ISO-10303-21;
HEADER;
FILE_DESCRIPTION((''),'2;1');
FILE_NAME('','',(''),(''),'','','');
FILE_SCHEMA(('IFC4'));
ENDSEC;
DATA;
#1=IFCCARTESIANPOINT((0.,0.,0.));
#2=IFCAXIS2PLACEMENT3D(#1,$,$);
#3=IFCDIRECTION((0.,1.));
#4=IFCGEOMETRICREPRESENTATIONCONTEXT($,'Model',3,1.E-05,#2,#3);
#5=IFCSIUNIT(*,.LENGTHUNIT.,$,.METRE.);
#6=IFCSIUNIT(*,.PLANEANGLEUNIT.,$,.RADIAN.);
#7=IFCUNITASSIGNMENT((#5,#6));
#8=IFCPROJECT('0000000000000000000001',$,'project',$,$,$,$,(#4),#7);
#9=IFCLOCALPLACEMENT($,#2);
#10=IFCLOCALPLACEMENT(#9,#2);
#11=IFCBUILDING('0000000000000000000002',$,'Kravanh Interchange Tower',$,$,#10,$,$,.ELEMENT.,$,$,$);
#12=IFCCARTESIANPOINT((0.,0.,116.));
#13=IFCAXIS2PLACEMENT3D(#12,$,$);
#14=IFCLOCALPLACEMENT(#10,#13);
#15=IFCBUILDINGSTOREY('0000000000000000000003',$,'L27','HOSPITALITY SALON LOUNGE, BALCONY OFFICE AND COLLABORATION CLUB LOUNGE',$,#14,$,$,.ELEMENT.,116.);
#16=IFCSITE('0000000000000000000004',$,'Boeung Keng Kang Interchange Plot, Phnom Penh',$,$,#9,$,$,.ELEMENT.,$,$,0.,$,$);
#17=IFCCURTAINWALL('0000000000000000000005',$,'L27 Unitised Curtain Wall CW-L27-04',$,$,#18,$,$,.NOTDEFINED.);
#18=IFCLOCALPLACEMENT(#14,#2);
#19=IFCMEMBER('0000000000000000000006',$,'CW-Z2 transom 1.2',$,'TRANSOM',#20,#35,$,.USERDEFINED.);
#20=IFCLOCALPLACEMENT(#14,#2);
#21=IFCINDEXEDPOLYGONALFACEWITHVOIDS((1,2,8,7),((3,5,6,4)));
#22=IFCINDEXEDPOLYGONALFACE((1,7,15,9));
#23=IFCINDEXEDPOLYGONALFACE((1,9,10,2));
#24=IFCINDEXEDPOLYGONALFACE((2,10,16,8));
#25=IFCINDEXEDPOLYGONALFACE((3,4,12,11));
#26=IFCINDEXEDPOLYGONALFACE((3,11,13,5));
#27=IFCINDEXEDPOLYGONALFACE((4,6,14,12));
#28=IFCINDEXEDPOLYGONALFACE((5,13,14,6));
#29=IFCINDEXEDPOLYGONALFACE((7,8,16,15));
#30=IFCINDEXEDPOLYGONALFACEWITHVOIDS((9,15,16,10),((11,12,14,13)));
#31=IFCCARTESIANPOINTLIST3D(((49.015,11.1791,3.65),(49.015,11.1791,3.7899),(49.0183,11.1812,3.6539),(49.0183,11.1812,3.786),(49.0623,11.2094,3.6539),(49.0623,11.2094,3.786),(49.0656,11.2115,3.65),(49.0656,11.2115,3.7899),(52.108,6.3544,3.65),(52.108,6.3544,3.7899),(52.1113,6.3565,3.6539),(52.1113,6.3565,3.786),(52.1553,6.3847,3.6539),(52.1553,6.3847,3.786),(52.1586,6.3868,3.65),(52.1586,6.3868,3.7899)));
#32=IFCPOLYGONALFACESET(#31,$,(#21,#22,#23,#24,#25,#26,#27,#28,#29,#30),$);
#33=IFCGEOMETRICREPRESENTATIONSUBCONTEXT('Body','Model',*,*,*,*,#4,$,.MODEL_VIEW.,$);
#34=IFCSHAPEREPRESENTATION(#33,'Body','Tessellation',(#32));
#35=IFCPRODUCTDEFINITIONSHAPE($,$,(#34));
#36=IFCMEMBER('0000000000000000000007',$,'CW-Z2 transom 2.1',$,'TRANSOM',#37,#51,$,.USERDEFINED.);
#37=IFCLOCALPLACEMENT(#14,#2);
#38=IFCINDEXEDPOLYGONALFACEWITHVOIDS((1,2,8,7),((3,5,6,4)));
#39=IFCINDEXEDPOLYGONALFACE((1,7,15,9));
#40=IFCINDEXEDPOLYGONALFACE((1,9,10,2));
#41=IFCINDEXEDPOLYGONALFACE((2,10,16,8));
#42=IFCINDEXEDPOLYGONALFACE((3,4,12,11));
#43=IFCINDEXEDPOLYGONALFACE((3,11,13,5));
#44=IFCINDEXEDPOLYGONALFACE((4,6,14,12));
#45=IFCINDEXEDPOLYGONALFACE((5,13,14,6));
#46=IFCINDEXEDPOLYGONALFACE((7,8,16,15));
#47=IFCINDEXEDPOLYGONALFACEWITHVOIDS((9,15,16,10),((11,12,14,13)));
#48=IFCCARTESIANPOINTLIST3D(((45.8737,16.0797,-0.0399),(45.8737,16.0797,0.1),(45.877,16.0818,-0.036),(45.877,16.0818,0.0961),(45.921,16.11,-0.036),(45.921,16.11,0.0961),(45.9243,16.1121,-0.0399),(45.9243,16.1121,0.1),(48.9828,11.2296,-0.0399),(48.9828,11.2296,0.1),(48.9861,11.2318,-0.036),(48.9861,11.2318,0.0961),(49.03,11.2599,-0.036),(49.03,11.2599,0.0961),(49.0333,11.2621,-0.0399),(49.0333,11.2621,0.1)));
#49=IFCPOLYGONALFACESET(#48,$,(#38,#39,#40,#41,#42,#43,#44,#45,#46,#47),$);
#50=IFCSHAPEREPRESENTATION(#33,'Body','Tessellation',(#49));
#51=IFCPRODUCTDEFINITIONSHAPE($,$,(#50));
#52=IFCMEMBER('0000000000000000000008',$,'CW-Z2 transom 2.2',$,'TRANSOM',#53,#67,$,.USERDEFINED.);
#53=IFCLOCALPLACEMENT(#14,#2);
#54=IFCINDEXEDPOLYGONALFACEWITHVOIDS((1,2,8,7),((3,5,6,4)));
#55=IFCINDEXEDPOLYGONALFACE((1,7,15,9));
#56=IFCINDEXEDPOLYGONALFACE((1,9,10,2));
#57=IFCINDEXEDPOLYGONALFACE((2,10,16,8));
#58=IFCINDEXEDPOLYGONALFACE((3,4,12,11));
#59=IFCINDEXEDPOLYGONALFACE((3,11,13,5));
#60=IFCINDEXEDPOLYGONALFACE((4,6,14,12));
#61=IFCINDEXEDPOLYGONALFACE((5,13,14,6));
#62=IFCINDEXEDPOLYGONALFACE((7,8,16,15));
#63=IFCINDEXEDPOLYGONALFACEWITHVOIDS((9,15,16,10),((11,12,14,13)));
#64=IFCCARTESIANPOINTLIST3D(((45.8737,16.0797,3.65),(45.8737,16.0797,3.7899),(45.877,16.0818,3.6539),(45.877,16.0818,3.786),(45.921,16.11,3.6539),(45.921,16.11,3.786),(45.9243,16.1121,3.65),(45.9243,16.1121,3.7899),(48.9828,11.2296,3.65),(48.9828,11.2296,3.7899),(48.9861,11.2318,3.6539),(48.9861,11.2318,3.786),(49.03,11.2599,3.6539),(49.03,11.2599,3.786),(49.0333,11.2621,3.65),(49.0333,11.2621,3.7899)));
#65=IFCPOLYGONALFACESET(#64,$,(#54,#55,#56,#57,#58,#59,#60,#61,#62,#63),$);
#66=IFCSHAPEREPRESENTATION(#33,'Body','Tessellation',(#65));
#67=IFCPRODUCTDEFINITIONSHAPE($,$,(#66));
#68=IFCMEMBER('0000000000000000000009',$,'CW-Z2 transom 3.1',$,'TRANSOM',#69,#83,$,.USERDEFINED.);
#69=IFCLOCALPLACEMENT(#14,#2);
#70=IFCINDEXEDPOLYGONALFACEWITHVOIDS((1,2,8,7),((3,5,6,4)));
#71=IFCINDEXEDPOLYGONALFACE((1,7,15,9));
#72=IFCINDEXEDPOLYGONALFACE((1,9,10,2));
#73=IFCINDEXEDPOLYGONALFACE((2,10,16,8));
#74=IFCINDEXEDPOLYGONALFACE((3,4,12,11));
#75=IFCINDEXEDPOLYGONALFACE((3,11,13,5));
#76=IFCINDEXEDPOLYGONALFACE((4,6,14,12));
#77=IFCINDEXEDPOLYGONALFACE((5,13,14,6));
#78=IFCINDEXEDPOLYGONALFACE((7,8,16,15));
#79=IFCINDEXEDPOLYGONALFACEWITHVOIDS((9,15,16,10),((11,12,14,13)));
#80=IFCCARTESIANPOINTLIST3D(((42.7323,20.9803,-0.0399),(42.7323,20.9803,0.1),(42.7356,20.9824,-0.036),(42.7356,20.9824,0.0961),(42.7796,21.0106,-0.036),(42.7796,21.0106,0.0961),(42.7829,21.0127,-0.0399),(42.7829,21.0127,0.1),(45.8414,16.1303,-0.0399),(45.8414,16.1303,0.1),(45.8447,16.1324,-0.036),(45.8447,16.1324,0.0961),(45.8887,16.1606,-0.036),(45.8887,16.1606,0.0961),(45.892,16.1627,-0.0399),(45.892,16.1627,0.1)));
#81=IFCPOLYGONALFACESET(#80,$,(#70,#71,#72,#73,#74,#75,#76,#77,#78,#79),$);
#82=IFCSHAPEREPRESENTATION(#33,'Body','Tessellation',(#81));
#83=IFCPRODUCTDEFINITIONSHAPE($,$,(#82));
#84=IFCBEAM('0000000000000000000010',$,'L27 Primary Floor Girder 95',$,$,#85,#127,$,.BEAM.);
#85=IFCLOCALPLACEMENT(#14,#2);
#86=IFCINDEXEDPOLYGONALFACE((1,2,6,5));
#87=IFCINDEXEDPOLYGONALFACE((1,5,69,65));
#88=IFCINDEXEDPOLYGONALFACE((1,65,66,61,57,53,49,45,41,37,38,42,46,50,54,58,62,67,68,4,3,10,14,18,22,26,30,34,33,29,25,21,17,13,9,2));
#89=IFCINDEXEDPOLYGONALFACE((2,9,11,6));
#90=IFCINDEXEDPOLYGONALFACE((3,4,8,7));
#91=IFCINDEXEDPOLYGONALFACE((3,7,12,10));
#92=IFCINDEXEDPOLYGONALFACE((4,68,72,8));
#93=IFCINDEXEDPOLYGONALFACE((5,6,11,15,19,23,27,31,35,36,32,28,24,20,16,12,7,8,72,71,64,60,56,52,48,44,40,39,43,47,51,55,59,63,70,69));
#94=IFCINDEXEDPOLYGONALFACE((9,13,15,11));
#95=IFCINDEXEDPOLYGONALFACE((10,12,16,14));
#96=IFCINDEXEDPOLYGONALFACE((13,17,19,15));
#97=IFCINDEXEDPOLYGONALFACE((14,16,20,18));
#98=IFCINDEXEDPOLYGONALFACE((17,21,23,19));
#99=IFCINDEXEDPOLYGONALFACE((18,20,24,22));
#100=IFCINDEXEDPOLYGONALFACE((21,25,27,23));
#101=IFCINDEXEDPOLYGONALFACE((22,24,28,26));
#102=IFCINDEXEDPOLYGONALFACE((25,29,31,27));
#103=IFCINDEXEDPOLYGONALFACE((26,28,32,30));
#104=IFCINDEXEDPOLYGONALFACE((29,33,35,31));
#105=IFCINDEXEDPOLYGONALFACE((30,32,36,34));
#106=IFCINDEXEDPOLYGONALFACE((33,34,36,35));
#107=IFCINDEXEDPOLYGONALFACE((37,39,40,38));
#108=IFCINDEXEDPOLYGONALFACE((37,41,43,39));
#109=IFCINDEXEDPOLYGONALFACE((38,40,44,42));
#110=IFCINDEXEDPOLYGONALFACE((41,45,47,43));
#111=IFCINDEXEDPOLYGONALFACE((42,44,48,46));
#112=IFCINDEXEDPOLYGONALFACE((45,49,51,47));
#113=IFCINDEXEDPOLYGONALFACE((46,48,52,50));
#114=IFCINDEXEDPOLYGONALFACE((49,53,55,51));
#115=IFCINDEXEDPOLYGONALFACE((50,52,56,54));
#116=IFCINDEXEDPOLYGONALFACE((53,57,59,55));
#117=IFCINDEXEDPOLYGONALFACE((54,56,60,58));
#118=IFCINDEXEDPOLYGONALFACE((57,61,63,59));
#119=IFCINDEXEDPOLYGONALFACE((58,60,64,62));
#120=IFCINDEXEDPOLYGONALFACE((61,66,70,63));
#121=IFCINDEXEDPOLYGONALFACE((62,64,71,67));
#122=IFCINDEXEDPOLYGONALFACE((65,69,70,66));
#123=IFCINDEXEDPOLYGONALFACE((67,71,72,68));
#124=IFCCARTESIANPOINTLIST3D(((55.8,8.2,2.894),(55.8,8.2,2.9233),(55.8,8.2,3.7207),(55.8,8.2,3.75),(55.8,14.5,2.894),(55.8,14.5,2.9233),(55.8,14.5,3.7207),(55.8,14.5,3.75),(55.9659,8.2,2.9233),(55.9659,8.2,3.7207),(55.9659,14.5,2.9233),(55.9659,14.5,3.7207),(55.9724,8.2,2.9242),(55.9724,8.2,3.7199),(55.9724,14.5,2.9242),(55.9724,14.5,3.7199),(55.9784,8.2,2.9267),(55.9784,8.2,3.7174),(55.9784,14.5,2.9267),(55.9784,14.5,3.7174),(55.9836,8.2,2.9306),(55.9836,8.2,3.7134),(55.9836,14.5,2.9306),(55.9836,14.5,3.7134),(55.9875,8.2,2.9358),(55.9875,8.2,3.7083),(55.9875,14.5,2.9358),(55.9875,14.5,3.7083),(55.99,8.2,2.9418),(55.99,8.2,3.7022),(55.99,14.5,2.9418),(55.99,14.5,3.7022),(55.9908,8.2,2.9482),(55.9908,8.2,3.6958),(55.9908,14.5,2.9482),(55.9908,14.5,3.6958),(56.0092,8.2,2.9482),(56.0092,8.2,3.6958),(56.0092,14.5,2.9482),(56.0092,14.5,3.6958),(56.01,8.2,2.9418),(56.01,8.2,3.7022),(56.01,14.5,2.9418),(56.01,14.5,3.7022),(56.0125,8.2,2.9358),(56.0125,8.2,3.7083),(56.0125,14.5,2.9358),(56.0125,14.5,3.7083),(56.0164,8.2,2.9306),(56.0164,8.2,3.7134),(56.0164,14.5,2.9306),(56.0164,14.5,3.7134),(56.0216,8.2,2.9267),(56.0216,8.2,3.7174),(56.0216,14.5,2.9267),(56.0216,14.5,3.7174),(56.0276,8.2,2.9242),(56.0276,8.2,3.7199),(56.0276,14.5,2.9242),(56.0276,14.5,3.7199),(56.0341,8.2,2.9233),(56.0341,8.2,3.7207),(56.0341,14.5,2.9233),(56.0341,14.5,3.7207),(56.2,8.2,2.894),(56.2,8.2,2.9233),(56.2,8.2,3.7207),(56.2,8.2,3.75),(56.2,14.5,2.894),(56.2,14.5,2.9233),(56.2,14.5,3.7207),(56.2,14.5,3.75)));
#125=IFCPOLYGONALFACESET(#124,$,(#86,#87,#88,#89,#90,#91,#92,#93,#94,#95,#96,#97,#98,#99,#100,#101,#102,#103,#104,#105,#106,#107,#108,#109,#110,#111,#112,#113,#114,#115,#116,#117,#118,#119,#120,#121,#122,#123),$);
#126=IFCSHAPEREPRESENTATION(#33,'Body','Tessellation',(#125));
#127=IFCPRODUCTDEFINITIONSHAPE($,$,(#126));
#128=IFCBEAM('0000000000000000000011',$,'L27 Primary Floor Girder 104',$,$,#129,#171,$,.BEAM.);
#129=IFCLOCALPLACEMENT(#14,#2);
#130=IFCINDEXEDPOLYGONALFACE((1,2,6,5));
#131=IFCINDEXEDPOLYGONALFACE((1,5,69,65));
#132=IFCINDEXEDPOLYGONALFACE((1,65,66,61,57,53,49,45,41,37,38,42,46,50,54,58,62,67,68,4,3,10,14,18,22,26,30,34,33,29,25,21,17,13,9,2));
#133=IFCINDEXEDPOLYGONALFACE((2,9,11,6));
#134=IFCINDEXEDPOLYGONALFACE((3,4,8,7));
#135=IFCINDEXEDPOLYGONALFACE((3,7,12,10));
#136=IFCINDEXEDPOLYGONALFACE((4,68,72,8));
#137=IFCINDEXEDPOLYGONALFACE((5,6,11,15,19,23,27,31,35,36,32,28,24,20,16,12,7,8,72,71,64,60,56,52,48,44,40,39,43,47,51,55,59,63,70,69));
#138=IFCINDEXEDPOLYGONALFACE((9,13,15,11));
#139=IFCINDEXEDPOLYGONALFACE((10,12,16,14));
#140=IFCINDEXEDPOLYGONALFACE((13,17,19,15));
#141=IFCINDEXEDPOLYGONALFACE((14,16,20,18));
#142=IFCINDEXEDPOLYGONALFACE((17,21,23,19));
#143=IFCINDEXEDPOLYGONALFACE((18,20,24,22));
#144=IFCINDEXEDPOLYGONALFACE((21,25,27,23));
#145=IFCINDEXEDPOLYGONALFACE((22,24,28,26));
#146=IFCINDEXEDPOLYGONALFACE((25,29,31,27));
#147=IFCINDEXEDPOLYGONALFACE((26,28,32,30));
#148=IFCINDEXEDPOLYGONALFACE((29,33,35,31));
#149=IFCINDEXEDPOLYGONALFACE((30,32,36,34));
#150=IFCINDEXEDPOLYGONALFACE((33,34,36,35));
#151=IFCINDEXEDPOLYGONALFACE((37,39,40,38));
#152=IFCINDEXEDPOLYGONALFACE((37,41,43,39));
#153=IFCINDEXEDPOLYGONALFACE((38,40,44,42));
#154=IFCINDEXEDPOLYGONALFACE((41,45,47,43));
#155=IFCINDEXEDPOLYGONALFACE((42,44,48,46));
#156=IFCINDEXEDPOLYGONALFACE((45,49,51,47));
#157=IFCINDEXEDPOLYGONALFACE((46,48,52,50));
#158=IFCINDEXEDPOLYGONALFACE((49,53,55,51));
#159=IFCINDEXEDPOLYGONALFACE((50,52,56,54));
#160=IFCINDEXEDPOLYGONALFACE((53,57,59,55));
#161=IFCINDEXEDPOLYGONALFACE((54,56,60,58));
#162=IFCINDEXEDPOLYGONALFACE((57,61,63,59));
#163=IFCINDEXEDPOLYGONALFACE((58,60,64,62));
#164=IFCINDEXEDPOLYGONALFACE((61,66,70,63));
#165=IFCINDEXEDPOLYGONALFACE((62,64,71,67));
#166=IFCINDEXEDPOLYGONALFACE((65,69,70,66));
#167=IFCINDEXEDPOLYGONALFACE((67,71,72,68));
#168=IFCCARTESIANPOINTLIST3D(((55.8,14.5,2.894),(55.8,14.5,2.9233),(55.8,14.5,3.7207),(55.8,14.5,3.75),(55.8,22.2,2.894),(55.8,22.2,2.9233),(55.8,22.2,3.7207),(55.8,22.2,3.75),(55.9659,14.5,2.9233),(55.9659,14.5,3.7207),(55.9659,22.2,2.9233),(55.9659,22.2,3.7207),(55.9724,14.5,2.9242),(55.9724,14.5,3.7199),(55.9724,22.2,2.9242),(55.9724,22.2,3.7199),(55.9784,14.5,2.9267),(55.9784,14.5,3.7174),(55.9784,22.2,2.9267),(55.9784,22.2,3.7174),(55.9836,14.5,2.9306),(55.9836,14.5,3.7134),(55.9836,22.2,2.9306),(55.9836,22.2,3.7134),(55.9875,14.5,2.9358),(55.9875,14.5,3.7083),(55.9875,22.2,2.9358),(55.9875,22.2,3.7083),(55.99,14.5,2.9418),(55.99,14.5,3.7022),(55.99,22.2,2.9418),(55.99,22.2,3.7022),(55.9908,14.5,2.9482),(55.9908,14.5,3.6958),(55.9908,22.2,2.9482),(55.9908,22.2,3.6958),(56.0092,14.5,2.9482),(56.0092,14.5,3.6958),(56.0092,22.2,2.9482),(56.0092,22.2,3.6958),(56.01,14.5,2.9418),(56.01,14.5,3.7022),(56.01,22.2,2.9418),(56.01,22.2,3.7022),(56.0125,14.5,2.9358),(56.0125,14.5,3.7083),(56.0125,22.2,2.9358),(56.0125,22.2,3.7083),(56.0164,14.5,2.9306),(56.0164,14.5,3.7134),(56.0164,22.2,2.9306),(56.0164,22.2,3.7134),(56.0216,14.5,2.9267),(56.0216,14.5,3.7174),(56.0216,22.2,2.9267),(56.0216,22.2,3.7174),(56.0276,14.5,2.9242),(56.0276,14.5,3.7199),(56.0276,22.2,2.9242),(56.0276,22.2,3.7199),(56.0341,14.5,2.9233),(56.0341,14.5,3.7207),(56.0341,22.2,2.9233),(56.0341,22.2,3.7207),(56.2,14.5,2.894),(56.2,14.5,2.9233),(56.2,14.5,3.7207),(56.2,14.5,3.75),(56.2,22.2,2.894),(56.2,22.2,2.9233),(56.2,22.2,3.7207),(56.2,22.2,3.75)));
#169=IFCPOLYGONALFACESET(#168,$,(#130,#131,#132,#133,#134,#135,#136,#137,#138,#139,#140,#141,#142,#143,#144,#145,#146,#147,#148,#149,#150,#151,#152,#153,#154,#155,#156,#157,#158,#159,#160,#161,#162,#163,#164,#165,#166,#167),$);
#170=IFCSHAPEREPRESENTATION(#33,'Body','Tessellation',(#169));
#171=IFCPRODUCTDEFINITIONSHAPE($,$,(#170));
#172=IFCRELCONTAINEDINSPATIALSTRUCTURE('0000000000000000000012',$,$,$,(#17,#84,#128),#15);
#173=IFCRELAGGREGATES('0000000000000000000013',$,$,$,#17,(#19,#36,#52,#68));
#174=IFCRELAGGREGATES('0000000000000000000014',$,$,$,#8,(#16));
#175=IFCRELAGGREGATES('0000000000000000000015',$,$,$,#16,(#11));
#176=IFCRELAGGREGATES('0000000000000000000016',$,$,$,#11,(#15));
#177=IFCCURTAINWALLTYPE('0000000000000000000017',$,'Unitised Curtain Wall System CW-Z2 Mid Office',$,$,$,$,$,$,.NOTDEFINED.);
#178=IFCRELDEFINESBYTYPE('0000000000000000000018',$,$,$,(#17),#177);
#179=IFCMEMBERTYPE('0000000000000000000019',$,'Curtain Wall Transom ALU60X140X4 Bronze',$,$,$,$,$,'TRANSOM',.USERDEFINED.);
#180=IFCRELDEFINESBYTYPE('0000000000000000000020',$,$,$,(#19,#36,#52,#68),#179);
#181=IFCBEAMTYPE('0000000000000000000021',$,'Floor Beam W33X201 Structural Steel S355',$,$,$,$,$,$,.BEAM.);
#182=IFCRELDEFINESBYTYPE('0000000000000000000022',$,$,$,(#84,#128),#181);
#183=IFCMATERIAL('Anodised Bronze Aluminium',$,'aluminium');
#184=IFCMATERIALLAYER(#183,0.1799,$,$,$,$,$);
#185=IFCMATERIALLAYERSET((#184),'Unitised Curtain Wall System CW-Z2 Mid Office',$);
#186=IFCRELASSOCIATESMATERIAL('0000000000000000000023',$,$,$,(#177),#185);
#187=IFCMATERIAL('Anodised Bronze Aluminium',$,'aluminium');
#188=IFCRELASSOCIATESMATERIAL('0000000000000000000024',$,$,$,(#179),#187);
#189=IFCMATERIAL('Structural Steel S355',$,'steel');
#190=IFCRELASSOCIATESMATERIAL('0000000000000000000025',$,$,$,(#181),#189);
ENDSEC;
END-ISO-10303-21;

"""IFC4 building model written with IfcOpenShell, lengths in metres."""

from ifc_helpers import new_model, si_unit, direction, frame, origin, origin_2d, place, context, subcontext, project, spatial, hollow_rectangle, i_section, extrude, material, layer, layer_set, material_profile, profile_set, type_object, element, aggregate, save


model = new_model("IFC4")

# Units and contexts
model_context = context("Model", 3, precision=1e-05, world=origin(), true_north=direction((0.0, 1.0)))
body_context = subcontext(model_context, "Body", "Model", "MODEL_VIEW")
ifc_project = project(units=[si_unit("LENGTHUNIT", "METRE"), si_unit("PLANEANGLEUNIT", "RADIAN")], contexts=[model_context])

# Site, building, storey
site_placement = place(None, origin())
site = spatial("IfcSite", under=ifc_project, at=site_placement, Name="Boeung Keng Kang Interchange Plot, Phnom Penh", CompositionType="ELEMENT", RefElevation=0.0)
building_placement = place(site_placement, origin())
building = spatial("IfcBuilding", under=site, at=building_placement, Name="Kravanh Interchange Tower", CompositionType="ELEMENT")
storey_placement = place(building_placement, frame((0.0, 0.0, 116.0)))
storey = spatial("IfcBuildingStorey", under=building, at=storey_placement, Name="L27", Description="HOSPITALITY SALON LOUNGE, BALCONY OFFICE AND COLLABORATION CLUB LOUNGE", CompositionType="ELEMENT", Elevation=116.0)

# Shared definitions
ifc_material_1 = material(Name="Anodised Bronze Aluminium", Category="aluminium")
ifc_layer_1 = layer(ifc_material_1, 0.1799)
ifc_layer_set_1 = layer_set([ifc_layer_1], Name="Unitised Curtain Wall System CW-Z2 Mid Office")
curtain_wall_type = type_object("IfcCurtainWallType", Name="Unitised Curtain Wall System CW-Z2 Mid Office", PredefinedType="NOTDEFINED", material=ifc_layer_set_1)

# Curtain wall, members
curtain_wall_1_placement = place(storey_placement, origin())
curtain_wall_1 = element("IfcCurtainWall", 1, at=curtain_wall_1_placement, inside=storey, type_object=curtain_wall_type, Name="L27 Unitised Curtain Wall CW-L27-04", PredefinedType="NOTDEFINED")
ifc_material_2 = material(Name="Anodised Bronze Aluminium", Category="aluminium")
ifc_material_profile_1 = material_profile(ifc_material_2, hollow_rectangle(XDim=0.0601, YDim=0.1399, WallThickness=0.0039, at=origin_2d()), Name="ALU60X140X4")
ifc_profile_set_1 = profile_set([ifc_material_profile_1], Name="Anodised Bronze Aluminium")
member_type_1 = type_object("IfcMemberType", Name="Curtain Wall Transom ALU60X140X4 Bronze", ElementType="TRANSOM", PredefinedType="USERDEFINED", material=ifc_profile_set_1)
member_1_placement = place(storey_placement, frame((52.1333, 6.3706, 3.72), z_axis=(-0.539698, 0.841859, 0.0), x_axis=(-0.841859, -0.539698, 0.0)))
member_1 = element("IfcMember", 2, at=member_1_placement, type_object=member_type_1, Name="CW-Z2 transom 1.2", ObjectType="TRANSOM", PredefinedType="USERDEFINED", context=body_context, shape_type="SweptSolid", body=[
    extrude(hollow_rectangle(XDim=0.0601, YDim=0.1399, WallThickness=0.0039, at=origin_2d()), origin(), (0.0, 0.0, 1.0), 5.731),
])
member_2_placement = place(storey_placement, frame((49.0081, 11.2458, 0.03), z_axis=(-0.539678, 0.841872, 0.0), x_axis=(-0.841872, -0.539678, 0.0)))
member_2 = element("IfcMember", 3, at=member_2_placement, type_object=member_type_1, Name="CW-Z2 transom 2.1", ObjectType="TRANSOM", PredefinedType="USERDEFINED", context=body_context, shape_type="SweptSolid", body=[
    extrude(hollow_rectangle(XDim=0.0601, YDim=0.1399, WallThickness=0.0039, at=origin_2d()), origin(), (0.0, 0.0, 1.0), 5.761),
])
member_3_placement = place(storey_placement, frame((49.0081, 11.2458, 3.72), z_axis=(-0.539678, 0.841872, 0.0), x_axis=(-0.841872, -0.539678, 0.0)))
member_3 = element("IfcMember", 4, at=member_3_placement, type_object=member_type_1, Name="CW-Z2 transom 2.2", ObjectType="TRANSOM", PredefinedType="USERDEFINED", context=body_context, shape_type="SweptSolid", body=[
    extrude(hollow_rectangle(XDim=0.0601, YDim=0.1399, WallThickness=0.0039, at=origin_2d()), origin(), (0.0, 0.0, 1.0), 5.761),
])
member_4_placement = place(storey_placement, frame((45.8667, 16.1465, 0.03), z_axis=(-0.539678, 0.841872, 0.0), x_axis=(-0.841872, -0.539678, 0.0)))
member_4 = element("IfcMember", 5, at=member_4_placement, type_object=member_type_1, Name="CW-Z2 transom 3.1", ObjectType="TRANSOM", PredefinedType="USERDEFINED", context=body_context, shape_type="SweptSolid", body=[
    extrude(hollow_rectangle(XDim=0.0601, YDim=0.1399, WallThickness=0.0039, at=origin_2d()), origin(), (0.0, 0.0, 1.0), 5.761),
])

# Beams
ifc_material_3 = material(Name="Structural Steel S355", Category="steel")
ifc_material_profile_2 = material_profile(ifc_material_3, i_section(OverallWidth=0.3999, OverallDepth=0.856, WebThickness=0.0183, FlangeThickness=0.0293, FilletRadius=0.0249, at=origin_2d()), Name="W33X201")
ifc_profile_set_2 = profile_set([ifc_material_profile_2], Name="Structural Steel S355")
beam_type_1 = type_object("IfcBeamType", Name="Floor Beam W33X201 Structural Steel S355", PredefinedType="BEAM", material=ifc_profile_set_2)
beam_1_placement = place(storey_placement, frame((56.0, 8.2, 3.322), z_axis=(0.0, 1.0, 0.0), x_axis=(-1.0, 0.0, 0.0)))
element("IfcBeam", 6, at=beam_1_placement, inside=storey, type_object=beam_type_1, Name="L27 Primary Floor Girder 95", PredefinedType="BEAM", context=body_context, shape_type="SweptSolid", body=[
    extrude(i_section(OverallWidth=0.3999, OverallDepth=0.856, WebThickness=0.0183, FlangeThickness=0.0293, FilletRadius=0.0249, at=origin_2d()), origin(), (0.0, 0.0, 1.0), 6.3),
])
beam_2_placement = place(storey_placement, frame((56.0, 14.5, 3.322), z_axis=(0.0, 1.0, 0.0), x_axis=(-1.0, 0.0, 0.0)))
element("IfcBeam", 7, at=beam_2_placement, inside=storey, type_object=beam_type_1, Name="L27 Primary Floor Girder 104", PredefinedType="BEAM", context=body_context, shape_type="SweptSolid", body=[
    extrude(i_section(OverallWidth=0.3999, OverallDepth=0.856, WebThickness=0.0183, FlangeThickness=0.0293, FilletRadius=0.0249, at=origin_2d()), origin(), (0.0, 0.0, 1.0), 7.7),
])

aggregate(curtain_wall_1, [member_1, member_2, member_3, member_4])

save(model, "model.ifc")
